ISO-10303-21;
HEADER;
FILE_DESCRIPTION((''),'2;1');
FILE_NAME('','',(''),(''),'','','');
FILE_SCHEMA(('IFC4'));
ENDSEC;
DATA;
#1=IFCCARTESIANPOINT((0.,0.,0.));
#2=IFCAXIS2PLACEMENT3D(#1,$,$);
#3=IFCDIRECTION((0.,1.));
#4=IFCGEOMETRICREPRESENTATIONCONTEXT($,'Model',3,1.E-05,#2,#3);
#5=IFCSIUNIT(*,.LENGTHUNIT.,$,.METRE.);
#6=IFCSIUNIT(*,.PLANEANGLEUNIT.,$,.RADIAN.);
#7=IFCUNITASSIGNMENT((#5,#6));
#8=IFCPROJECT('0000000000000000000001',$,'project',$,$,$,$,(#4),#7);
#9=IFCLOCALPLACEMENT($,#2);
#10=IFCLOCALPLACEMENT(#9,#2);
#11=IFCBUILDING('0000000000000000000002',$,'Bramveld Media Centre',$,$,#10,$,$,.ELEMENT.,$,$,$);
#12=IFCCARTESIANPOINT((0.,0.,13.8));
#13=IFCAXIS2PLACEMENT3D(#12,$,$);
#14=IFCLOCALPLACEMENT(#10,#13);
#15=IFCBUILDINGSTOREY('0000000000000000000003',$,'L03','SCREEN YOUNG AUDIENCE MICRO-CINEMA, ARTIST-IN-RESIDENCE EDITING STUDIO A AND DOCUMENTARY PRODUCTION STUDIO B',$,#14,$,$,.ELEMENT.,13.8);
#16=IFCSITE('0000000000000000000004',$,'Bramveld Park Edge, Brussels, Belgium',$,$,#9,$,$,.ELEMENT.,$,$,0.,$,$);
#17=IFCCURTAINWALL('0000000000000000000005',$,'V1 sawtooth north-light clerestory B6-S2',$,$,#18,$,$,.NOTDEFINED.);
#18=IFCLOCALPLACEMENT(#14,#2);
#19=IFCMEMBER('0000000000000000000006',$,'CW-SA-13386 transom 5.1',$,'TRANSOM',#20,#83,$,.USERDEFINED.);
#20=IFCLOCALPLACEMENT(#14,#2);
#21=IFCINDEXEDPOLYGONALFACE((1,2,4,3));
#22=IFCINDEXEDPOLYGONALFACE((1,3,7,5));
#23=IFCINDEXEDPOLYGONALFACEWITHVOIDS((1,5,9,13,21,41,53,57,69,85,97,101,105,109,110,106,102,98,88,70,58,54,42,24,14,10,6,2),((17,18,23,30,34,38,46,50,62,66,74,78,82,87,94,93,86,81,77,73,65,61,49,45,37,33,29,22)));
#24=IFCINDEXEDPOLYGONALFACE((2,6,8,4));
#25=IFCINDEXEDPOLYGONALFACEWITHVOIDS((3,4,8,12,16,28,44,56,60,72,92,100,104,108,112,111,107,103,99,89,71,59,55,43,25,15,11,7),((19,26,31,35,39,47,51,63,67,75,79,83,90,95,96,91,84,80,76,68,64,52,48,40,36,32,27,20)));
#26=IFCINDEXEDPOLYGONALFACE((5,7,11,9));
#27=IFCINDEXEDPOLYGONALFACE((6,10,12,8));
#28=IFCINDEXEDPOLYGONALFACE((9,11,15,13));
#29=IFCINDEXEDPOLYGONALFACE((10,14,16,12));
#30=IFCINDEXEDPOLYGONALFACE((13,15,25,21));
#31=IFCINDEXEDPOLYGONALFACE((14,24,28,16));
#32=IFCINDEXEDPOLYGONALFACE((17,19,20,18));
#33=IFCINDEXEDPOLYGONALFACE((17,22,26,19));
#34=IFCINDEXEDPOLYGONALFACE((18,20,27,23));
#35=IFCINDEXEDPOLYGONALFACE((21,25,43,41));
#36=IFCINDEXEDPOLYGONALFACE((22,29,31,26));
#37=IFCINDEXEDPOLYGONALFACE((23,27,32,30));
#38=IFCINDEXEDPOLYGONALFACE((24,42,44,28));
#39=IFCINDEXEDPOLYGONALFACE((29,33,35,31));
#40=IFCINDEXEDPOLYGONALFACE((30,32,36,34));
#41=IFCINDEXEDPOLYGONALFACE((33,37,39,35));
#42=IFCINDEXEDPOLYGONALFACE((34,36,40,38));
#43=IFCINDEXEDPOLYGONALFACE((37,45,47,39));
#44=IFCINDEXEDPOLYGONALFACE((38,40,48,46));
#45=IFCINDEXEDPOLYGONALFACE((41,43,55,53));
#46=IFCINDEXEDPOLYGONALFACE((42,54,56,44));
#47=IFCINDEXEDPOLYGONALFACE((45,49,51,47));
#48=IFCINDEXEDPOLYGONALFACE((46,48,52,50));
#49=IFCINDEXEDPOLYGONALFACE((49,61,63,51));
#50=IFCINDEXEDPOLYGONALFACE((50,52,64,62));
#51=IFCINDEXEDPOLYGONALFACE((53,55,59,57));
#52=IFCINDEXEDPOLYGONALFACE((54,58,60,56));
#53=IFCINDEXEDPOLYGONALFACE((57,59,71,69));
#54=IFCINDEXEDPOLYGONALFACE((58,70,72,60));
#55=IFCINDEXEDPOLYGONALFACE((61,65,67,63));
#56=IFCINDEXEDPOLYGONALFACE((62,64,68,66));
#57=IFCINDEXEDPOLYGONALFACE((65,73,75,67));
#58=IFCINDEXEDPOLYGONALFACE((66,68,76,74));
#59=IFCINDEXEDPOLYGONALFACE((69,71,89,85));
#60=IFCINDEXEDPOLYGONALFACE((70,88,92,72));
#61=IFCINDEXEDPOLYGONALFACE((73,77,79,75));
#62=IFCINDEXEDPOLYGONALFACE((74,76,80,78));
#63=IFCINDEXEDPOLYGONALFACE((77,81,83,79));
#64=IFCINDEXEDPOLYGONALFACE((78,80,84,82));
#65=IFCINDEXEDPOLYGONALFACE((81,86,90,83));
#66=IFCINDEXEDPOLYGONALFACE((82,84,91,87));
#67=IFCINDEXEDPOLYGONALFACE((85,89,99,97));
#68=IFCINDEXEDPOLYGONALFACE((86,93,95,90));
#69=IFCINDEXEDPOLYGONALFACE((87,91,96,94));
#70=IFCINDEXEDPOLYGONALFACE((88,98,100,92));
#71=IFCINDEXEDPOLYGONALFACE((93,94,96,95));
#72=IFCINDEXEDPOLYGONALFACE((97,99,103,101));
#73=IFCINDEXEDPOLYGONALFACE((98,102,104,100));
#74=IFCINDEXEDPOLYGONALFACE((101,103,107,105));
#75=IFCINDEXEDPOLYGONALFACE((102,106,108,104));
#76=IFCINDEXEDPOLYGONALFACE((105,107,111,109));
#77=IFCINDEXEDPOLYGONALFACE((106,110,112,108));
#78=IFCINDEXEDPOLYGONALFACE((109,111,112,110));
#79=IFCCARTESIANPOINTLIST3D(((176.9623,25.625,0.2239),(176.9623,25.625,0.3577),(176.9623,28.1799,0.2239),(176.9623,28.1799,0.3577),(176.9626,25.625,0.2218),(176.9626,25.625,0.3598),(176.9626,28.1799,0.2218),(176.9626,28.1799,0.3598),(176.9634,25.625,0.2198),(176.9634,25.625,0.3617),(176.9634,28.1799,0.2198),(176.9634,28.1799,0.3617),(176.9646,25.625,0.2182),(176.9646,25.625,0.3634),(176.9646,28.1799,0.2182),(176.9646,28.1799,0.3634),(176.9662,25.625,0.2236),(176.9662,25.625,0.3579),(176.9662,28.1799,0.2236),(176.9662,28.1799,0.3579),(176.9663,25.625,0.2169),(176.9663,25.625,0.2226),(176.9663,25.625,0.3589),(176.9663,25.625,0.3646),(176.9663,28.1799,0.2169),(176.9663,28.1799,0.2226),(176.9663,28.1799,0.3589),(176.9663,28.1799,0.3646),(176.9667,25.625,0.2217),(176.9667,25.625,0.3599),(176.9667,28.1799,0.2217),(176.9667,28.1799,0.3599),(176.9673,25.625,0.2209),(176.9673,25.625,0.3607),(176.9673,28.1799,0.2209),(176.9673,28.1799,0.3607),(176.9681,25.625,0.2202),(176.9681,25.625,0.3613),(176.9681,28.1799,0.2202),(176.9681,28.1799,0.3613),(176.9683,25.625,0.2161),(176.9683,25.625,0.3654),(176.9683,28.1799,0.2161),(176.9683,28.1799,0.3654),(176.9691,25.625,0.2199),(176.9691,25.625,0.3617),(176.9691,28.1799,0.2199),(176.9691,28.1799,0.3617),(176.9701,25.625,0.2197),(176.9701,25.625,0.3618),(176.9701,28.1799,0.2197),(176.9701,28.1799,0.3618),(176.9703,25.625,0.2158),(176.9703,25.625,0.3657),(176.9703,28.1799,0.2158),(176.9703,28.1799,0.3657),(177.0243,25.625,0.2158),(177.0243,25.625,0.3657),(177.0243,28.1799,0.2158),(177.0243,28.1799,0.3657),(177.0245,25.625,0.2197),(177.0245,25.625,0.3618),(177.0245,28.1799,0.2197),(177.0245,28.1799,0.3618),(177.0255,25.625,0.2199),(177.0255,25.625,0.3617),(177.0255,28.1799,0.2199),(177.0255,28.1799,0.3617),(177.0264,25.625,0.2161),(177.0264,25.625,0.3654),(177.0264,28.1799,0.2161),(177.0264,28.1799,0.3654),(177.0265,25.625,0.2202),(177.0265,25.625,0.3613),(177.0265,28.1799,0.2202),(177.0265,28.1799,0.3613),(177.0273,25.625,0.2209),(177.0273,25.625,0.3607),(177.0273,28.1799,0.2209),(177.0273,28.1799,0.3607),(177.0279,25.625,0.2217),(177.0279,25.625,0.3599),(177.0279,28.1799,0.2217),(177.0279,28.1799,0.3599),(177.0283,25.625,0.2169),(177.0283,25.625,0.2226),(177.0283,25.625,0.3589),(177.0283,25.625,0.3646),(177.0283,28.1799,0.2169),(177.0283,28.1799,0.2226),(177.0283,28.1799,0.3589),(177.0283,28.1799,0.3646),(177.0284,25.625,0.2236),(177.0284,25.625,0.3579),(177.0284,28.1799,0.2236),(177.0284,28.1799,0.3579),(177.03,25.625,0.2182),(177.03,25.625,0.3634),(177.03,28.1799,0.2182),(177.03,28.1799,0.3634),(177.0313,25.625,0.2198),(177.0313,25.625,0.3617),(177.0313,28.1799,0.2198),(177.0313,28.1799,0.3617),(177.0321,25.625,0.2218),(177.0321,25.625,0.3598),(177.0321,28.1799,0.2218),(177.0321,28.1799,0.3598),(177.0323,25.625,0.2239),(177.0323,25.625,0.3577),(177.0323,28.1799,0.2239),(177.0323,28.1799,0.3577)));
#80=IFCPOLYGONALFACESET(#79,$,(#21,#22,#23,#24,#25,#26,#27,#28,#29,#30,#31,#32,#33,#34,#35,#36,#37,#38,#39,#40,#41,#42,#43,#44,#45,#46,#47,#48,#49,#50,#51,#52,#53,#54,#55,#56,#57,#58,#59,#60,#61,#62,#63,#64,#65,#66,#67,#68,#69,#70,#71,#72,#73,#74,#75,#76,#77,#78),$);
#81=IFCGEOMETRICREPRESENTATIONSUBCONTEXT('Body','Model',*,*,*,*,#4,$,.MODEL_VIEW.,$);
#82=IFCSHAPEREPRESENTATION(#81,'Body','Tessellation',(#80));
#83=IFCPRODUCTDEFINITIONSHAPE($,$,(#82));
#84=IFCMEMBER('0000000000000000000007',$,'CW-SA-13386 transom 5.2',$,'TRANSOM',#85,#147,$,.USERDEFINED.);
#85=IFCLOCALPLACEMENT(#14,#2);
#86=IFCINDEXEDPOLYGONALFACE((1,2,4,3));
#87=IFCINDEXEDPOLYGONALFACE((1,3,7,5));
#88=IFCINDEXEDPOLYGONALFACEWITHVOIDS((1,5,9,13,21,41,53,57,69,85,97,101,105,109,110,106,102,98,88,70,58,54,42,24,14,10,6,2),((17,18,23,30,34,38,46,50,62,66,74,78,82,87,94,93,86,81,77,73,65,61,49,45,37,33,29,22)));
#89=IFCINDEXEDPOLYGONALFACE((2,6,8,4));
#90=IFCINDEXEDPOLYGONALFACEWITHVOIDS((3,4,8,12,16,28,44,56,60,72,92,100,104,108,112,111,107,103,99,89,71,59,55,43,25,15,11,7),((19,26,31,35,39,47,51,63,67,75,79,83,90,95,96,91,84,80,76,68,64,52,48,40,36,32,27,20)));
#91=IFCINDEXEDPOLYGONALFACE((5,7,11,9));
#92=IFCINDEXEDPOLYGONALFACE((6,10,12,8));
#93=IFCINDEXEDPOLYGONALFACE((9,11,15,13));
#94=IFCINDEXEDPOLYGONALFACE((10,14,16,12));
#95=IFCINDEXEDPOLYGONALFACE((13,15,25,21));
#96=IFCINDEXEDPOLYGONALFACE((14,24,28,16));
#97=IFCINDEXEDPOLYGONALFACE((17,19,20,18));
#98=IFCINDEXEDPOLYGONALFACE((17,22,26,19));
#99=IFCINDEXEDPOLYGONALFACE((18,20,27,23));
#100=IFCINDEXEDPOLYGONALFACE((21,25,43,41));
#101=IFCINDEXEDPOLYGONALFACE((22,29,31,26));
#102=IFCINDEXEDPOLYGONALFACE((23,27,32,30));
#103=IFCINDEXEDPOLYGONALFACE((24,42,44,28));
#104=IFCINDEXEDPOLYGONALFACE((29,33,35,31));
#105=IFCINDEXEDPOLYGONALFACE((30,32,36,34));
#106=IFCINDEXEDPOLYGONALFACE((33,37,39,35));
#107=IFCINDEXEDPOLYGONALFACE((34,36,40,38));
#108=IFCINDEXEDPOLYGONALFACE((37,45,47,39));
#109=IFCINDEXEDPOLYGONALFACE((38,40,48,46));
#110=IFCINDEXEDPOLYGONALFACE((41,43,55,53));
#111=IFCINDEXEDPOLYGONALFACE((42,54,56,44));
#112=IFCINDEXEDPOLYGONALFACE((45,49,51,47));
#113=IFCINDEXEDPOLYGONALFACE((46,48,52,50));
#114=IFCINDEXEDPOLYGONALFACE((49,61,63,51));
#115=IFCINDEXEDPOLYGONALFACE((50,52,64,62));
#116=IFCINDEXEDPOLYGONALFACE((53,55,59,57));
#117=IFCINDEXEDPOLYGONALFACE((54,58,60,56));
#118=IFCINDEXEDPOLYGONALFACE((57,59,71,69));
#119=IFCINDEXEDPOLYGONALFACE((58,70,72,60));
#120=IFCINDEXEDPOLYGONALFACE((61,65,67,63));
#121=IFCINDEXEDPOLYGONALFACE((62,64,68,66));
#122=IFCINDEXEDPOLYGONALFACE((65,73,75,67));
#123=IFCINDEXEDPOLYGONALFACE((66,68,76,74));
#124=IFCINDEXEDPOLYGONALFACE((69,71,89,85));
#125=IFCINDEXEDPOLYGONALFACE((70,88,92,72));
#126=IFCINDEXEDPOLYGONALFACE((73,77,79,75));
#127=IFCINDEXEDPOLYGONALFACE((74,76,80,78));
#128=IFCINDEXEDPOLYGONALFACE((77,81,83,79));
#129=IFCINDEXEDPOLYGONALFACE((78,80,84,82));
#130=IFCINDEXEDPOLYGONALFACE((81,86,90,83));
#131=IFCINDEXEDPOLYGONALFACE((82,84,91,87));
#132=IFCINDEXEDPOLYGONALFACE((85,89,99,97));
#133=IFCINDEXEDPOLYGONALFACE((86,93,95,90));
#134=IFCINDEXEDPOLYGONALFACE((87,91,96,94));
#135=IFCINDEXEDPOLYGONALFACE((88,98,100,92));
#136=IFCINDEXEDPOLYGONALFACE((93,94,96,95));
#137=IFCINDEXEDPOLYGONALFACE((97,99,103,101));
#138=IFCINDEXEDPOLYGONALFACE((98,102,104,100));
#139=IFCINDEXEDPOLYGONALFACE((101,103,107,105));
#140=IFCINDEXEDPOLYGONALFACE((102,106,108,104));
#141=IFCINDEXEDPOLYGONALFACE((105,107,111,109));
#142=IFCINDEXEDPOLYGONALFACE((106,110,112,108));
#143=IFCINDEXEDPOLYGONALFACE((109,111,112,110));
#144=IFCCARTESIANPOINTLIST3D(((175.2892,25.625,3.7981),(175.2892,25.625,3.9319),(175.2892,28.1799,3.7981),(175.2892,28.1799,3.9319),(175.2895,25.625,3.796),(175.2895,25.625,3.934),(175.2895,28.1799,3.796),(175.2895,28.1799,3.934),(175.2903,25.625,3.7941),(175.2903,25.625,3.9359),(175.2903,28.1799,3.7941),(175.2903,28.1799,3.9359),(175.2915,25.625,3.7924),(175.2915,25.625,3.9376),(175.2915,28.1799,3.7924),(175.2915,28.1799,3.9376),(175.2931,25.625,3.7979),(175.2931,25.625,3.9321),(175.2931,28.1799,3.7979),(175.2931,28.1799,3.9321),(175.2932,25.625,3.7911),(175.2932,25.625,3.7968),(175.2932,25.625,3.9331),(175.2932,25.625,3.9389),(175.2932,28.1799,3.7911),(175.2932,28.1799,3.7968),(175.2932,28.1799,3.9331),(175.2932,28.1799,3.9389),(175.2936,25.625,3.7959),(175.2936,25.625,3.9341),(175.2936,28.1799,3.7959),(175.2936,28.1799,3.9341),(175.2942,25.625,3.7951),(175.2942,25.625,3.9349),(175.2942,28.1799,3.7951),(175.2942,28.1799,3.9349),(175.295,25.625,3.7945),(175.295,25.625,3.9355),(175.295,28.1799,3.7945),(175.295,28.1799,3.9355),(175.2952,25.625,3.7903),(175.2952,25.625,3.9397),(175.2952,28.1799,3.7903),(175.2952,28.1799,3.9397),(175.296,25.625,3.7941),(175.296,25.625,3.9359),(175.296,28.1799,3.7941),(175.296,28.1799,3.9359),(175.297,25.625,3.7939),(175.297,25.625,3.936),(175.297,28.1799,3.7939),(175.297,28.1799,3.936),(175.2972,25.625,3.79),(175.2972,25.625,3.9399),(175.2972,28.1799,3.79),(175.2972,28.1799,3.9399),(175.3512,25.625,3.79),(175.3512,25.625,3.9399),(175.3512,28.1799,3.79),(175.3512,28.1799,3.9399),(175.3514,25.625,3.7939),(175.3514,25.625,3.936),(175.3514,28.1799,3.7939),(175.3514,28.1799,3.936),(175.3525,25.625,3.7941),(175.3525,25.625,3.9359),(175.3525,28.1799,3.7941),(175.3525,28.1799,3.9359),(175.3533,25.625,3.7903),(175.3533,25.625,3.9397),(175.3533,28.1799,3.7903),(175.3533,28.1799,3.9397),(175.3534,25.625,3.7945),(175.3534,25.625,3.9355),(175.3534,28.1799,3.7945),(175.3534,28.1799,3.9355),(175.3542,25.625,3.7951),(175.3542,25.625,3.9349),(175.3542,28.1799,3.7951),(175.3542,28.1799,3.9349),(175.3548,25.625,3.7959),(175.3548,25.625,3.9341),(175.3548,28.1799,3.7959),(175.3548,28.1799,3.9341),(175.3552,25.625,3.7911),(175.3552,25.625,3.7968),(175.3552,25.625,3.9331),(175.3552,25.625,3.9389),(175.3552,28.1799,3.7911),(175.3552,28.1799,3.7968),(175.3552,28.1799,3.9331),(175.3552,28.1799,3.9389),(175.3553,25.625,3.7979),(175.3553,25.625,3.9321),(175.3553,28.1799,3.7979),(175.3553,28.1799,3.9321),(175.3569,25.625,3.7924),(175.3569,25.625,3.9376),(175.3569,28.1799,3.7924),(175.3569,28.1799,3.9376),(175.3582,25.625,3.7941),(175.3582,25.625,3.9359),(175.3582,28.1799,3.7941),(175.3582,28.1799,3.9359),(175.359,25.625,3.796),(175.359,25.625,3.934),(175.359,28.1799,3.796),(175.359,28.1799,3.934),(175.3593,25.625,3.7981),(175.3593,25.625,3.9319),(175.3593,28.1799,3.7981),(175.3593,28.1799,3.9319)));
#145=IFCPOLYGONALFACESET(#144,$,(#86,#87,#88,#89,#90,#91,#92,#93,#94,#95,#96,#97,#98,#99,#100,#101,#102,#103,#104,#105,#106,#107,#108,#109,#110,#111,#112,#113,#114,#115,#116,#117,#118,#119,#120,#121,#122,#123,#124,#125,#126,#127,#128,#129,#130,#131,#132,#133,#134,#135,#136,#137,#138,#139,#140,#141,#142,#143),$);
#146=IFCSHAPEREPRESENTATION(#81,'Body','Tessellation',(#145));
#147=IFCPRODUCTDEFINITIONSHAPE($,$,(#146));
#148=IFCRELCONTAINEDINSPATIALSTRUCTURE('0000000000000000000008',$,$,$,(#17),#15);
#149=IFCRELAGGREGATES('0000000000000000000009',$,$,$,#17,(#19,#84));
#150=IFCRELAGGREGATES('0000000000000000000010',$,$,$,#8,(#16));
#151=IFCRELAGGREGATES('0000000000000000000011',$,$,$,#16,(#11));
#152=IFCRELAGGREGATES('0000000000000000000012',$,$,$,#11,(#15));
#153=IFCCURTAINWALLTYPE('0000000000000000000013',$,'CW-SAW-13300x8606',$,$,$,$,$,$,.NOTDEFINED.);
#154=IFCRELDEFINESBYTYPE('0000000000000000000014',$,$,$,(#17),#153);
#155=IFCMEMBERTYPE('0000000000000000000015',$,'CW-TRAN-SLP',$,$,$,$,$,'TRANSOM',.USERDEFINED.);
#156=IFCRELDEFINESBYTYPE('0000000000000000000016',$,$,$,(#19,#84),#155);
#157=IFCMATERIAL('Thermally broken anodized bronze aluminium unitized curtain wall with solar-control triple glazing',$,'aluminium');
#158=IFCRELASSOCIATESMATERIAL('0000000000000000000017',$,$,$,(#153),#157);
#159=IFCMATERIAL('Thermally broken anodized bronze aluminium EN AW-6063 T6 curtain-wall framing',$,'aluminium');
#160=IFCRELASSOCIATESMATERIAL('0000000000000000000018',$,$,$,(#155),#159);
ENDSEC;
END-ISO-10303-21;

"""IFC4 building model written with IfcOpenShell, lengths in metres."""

from ifc_helpers import new_model, si_unit, direction, frame, origin, origin_2d, place, context, subcontext, project, spatial, hollow_rectangle, extrude, material, material_profile, profile_set, type_object, element, aggregate, save


model = new_model("IFC4")

# Units and contexts
model_context = context("Model", 3, precision=1e-05, world=origin(), true_north=direction((0.0, 1.0)))
body_context = subcontext(model_context, "Body", "Model", "MODEL_VIEW")
ifc_project = project(units=[si_unit("LENGTHUNIT", "METRE"), si_unit("PLANEANGLEUNIT", "RADIAN")], contexts=[model_context])

# Site, building, storey
site_placement = place(None, origin())
site = spatial("IfcSite", under=ifc_project, at=site_placement, Name="Bramveld Park Edge, Brussels, Belgium", CompositionType="ELEMENT", RefElevation=0.0)
building_placement = place(site_placement, origin())
building = spatial("IfcBuilding", under=site, at=building_placement, Name="Bramveld Media Centre", CompositionType="ELEMENT")
storey_placement = place(building_placement, frame((0.0, 0.0, 13.8)))
storey = spatial("IfcBuildingStorey", under=building, at=storey_placement, Name="L03", Description="SCREEN YOUNG AUDIENCE MICRO-CINEMA, ARTIST-IN-RESIDENCE EDITING STUDIO A AND DOCUMENTARY PRODUCTION STUDIO B", CompositionType="ELEMENT", Elevation=13.8)

# Shared definitions
ifc_material_1 = material(Name="Thermally broken anodized bronze aluminium unitized curtain wall with solar-control triple glazing", Category="aluminium")
curtain_wall_type_1 = type_object("IfcCurtainWallType", Name="CW-SAW-13300x8606", PredefinedType="NOTDEFINED", material=ifc_material_1)

# Curtain wall
curtain_wall_1_placement = place(storey_placement, origin())
curtain_wall_1 = element("IfcCurtainWall", 1, at=curtain_wall_1_placement, inside=storey, type_object=curtain_wall_type_1, Name="V1 sawtooth north-light clerestory B6-S2", PredefinedType="NOTDEFINED")

# Members
ifc_material_2 = material(Name="Thermally broken anodized bronze aluminium EN AW-6063 T6 curtain-wall framing", Category="aluminium")
ifc_material_profile_1 = material_profile(ifc_material_2, hollow_rectangle(XDim=0.0701, YDim=0.1499, WallThickness=0.0039, InnerFilletRadius=0.0039, OuterFilletRadius=0.0081, at=origin_2d()), Name="AL-TRAN 70x150")
ifc_profile_set_1 = profile_set([ifc_material_profile_1], Name="Thermally broken anodized bronze aluminium EN AW-6063 T6 curtain-wall framing")
member_type_1 = type_object("IfcMemberType", Name="CW-TRAN-SLP", ElementType="TRANSOM", PredefinedType="USERDEFINED", material=ifc_profile_set_1)
member_1_placement = place(storey_placement, frame((176.9973, 25.625, 0.2908), z_axis=(0.0, 1.0, 0.0), x_axis=(-1.0, 0.0, 0.0)))
member_1 = element("IfcMember", 2, at=member_1_placement, type_object=member_type_1, Name="CW-SA-13386 transom 5.1", ObjectType="TRANSOM", PredefinedType="USERDEFINED", context=body_context, shape_type="SweptSolid", body=[
    extrude(hollow_rectangle(XDim=0.0701, YDim=0.1499, WallThickness=0.0039, InnerFilletRadius=0.0039, OuterFilletRadius=0.0081, at=origin_2d()), origin(), (0.0, 0.0, 1.0), 2.5549),
])
member_2_placement = place(storey_placement, frame((175.3242, 25.625, 3.865), z_axis=(0.0, 1.0, 0.0), x_axis=(-1.0, 0.0, 0.0)))
member_2 = element("IfcMember", 3, at=member_2_placement, type_object=member_type_1, Name="CW-SA-13386 transom 5.2", ObjectType="TRANSOM", PredefinedType="USERDEFINED", context=body_context, shape_type="SweptSolid", body=[
    extrude(hollow_rectangle(XDim=0.0701, YDim=0.1499, WallThickness=0.0039, InnerFilletRadius=0.0039, OuterFilletRadius=0.0081, at=origin_2d()), origin(), (0.0, 0.0, 1.0), 2.5549),
])

aggregate(curtain_wall_1, [member_1, member_2])

save(model, "model.ifc")
